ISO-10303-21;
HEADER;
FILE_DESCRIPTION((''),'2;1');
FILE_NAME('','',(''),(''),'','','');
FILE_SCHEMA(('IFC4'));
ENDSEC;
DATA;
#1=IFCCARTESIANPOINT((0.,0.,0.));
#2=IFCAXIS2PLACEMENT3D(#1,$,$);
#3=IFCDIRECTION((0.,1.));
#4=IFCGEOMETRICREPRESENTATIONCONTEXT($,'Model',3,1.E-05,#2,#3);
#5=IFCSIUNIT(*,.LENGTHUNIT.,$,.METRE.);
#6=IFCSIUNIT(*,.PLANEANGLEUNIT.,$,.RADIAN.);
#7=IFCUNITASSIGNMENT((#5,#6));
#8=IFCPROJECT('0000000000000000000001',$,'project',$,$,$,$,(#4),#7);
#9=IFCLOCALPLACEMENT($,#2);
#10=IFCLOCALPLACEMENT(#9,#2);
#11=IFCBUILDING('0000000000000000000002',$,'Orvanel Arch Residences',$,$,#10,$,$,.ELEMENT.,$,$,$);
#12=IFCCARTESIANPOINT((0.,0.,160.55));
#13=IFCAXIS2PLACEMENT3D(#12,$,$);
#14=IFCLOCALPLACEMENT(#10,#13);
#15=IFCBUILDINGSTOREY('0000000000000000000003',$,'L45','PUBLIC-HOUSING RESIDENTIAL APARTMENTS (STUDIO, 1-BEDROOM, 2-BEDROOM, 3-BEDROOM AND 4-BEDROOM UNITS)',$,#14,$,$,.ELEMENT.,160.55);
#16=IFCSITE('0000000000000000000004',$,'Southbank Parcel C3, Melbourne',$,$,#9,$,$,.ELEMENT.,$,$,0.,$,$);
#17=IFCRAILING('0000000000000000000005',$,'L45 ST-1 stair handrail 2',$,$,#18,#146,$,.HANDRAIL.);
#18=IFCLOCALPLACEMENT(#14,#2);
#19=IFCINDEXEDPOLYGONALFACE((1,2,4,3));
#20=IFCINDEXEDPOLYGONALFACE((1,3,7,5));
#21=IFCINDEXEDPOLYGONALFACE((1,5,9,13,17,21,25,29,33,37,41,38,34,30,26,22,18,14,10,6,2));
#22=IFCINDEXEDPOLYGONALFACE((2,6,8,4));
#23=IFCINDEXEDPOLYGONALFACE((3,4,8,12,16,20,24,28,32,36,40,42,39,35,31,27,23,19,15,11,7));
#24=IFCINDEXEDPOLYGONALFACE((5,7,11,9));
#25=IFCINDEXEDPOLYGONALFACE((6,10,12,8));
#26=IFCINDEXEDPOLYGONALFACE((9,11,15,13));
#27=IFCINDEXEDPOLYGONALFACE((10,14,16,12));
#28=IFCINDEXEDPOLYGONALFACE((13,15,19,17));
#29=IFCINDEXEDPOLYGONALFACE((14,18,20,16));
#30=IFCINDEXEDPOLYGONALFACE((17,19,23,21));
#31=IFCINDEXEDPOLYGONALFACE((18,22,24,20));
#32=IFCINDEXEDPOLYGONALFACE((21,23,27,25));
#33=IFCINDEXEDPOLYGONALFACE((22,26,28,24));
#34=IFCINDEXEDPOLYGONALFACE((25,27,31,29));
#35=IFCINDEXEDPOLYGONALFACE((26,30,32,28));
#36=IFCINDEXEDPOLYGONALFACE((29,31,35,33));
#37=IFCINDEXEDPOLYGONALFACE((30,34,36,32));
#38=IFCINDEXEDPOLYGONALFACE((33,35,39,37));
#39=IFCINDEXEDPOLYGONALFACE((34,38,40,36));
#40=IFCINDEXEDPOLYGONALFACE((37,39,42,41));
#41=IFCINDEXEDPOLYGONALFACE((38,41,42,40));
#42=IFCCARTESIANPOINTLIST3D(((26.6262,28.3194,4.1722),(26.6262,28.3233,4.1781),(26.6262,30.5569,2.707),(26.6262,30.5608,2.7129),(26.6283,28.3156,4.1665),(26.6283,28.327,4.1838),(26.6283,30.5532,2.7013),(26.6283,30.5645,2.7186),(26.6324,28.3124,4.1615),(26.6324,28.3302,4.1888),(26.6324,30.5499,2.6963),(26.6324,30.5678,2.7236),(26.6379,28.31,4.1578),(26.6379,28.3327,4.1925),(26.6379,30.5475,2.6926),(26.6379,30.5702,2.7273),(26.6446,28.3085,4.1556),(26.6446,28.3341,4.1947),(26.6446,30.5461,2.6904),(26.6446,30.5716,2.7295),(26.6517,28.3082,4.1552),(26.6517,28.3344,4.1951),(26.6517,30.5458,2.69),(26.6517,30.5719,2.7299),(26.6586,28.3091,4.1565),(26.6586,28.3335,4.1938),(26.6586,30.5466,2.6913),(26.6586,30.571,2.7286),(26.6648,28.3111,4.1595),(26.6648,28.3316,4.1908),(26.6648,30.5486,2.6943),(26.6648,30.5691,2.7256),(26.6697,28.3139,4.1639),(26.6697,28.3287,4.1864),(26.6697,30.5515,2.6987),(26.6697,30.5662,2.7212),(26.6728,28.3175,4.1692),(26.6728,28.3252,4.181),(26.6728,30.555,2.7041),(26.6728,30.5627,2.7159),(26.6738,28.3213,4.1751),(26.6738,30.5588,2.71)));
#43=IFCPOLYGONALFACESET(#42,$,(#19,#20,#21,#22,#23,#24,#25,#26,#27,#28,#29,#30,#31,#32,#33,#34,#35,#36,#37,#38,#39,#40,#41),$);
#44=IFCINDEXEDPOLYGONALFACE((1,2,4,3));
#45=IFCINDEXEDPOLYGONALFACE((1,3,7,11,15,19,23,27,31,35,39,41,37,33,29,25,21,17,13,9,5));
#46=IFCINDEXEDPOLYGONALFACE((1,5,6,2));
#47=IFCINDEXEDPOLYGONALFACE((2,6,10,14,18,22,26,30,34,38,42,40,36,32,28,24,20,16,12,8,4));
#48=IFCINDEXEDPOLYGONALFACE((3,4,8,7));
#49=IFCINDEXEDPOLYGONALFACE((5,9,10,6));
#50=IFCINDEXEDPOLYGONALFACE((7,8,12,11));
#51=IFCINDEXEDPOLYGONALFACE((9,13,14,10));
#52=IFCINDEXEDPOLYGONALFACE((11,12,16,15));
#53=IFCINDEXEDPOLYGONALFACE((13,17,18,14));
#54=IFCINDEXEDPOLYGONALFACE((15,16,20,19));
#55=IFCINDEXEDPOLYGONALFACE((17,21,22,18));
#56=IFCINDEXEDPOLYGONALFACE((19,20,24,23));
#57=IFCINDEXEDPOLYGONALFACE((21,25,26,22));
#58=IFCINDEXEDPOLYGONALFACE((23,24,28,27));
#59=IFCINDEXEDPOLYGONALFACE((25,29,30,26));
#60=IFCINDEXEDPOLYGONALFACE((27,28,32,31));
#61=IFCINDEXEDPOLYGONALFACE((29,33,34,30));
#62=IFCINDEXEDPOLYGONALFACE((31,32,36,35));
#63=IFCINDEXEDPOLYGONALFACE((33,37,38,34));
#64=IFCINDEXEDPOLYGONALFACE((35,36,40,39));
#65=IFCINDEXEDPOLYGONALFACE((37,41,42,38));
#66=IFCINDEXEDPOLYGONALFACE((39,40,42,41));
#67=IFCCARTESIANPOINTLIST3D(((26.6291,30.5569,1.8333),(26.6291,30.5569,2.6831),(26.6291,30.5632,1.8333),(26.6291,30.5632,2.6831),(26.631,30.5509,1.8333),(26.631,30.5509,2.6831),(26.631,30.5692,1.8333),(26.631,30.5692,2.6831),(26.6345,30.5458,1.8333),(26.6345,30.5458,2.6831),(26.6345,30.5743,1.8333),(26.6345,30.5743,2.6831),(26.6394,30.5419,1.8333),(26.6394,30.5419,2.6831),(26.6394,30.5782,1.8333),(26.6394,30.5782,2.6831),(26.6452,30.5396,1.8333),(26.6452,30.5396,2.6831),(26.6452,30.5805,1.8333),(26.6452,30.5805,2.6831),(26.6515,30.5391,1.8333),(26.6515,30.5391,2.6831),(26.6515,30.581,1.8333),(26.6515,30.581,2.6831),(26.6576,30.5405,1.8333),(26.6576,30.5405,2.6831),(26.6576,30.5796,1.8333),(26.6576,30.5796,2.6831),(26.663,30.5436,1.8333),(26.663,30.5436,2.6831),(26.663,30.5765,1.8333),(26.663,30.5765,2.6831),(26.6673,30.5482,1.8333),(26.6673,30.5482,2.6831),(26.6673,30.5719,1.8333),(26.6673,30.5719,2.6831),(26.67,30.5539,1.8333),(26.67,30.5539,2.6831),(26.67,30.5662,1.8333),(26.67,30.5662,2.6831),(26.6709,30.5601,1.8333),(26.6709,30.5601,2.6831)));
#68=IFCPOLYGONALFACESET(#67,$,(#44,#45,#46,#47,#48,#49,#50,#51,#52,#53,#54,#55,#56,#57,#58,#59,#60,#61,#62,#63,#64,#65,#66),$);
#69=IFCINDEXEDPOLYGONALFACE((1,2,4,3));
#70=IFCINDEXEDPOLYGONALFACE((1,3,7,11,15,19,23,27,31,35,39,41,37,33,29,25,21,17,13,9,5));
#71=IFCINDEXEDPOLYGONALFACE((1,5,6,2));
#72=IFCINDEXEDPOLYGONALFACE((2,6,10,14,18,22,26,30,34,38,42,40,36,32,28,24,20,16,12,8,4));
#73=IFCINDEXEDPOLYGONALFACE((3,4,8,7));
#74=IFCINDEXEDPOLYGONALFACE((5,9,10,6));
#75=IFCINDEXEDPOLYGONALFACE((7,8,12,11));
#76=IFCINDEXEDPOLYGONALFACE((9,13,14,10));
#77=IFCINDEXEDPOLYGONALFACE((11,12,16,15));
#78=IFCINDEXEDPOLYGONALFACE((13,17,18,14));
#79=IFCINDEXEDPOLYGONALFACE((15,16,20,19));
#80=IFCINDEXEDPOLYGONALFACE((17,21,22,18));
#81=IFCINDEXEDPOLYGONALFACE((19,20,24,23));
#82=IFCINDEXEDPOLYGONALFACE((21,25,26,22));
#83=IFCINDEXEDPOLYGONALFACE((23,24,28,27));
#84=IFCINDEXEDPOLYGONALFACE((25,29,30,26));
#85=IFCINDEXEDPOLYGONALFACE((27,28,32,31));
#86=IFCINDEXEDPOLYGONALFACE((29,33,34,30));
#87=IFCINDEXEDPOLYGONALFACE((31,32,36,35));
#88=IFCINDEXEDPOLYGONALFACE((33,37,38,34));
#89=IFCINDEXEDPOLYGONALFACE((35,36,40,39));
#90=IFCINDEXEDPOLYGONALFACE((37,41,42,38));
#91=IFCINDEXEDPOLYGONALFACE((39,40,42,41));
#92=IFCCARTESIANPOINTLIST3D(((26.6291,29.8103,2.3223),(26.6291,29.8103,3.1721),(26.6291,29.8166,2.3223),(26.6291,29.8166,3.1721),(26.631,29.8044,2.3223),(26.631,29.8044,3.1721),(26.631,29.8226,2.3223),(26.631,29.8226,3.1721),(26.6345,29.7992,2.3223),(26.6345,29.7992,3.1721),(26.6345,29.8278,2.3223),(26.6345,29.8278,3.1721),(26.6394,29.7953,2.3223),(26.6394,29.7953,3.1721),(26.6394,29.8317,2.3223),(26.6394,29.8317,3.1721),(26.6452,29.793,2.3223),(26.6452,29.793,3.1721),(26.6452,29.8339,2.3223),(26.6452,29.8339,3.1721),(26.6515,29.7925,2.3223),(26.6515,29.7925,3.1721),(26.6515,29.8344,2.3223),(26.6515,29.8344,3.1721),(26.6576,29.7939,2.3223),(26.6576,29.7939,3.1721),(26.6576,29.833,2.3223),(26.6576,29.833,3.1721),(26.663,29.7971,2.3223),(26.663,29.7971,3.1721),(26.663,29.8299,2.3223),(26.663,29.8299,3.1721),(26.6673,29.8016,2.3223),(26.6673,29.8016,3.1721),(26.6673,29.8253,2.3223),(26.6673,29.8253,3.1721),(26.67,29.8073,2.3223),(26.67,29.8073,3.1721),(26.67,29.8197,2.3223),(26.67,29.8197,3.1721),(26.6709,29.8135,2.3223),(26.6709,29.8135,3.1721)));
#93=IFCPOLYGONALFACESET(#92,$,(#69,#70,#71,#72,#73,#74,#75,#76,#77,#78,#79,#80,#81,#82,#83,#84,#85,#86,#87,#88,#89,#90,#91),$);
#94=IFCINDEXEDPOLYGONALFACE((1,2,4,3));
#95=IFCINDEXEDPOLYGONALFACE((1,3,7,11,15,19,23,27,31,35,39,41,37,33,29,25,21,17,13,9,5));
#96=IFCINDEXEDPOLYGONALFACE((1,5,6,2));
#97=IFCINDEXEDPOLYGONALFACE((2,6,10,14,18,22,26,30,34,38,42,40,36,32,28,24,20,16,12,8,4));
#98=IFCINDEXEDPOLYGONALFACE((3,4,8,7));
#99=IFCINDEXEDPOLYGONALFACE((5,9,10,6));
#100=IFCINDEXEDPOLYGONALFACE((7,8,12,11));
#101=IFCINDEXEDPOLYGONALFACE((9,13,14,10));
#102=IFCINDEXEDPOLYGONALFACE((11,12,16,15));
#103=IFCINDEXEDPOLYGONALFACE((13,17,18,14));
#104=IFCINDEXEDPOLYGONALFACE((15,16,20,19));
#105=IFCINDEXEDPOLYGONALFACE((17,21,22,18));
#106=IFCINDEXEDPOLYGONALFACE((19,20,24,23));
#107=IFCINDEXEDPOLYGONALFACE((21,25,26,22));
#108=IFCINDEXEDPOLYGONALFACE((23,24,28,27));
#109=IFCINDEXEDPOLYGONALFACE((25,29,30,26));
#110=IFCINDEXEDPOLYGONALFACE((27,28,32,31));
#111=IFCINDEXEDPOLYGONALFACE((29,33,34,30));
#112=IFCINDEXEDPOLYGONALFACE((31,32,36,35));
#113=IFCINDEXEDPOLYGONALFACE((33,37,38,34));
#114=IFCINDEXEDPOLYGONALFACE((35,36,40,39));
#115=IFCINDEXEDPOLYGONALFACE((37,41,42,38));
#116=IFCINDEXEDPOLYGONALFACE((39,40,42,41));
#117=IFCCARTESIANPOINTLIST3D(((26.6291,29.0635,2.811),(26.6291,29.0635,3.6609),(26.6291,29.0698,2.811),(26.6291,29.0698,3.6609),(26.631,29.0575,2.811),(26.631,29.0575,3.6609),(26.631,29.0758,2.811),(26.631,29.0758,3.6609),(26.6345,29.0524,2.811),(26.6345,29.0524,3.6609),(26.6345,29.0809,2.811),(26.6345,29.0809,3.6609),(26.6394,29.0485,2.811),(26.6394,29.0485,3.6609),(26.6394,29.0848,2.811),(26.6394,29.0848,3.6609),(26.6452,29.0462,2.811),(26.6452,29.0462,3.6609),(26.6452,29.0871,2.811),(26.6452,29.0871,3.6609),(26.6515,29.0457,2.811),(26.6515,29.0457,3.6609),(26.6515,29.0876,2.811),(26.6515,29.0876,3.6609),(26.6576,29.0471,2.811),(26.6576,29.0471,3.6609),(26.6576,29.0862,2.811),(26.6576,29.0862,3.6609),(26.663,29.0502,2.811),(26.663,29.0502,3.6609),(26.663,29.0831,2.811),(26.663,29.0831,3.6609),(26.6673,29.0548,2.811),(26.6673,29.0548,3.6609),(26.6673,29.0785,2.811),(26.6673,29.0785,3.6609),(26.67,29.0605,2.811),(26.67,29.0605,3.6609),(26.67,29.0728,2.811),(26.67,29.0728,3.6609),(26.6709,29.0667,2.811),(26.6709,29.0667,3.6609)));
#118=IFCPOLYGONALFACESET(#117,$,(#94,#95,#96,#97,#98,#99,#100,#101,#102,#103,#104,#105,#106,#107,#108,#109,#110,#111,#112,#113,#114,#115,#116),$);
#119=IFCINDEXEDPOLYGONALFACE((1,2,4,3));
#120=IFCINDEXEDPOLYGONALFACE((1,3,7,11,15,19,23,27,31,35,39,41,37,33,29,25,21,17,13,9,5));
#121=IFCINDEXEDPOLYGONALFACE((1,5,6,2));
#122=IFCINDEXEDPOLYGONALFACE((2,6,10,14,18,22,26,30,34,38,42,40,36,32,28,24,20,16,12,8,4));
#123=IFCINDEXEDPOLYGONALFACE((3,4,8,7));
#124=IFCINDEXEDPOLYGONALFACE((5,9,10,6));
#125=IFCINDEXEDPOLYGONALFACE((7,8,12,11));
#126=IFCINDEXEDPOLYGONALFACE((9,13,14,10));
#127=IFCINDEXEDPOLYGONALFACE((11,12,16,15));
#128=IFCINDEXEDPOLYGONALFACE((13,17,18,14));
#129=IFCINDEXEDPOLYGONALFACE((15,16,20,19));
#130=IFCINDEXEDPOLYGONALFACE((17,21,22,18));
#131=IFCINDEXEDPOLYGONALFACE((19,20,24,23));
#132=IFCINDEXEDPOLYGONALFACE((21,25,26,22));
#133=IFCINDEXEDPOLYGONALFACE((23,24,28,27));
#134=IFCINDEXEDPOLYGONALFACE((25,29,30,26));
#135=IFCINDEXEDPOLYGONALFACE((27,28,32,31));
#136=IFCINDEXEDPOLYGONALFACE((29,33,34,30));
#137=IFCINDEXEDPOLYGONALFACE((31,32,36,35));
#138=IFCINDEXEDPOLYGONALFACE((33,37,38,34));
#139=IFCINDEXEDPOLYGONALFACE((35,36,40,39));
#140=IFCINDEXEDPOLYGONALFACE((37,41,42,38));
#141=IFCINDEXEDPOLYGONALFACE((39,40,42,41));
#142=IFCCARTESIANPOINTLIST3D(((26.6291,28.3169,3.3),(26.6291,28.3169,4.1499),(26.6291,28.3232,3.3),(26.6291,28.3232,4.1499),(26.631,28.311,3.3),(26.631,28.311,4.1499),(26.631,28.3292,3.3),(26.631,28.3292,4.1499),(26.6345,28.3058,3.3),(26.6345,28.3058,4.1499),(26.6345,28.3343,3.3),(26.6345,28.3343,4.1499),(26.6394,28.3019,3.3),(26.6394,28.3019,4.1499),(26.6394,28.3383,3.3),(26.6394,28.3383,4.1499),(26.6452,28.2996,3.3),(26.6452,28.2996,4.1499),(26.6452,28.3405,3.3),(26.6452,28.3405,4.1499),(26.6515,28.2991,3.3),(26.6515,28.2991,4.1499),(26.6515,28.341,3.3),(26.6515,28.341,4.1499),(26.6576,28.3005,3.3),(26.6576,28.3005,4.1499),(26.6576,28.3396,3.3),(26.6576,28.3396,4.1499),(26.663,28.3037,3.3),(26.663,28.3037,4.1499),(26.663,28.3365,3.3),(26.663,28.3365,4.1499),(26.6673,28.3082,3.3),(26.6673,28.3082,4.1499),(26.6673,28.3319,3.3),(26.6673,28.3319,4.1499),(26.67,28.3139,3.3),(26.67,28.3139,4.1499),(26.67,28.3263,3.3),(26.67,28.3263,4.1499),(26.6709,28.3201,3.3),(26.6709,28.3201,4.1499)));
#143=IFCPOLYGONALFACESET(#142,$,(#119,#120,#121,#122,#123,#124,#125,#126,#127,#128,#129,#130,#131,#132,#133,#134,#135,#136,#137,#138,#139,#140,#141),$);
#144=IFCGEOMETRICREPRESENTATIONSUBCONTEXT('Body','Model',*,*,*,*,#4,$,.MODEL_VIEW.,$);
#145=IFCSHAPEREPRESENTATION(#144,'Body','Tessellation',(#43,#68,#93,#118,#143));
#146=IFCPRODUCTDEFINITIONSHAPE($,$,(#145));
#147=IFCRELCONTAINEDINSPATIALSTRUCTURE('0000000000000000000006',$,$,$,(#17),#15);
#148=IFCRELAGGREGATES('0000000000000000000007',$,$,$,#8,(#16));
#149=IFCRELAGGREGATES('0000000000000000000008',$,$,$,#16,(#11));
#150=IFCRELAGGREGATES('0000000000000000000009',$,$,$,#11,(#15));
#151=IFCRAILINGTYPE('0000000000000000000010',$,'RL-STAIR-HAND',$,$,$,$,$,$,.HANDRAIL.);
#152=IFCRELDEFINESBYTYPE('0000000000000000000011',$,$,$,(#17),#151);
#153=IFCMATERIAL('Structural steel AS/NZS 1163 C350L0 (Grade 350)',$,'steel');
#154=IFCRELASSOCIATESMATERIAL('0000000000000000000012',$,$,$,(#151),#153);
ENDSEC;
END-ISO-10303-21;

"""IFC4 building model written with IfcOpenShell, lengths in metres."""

from ifc_helpers import new_model, si_unit, direction, frame, origin, origin_2d, place, context, subcontext, project, spatial, circle, extrude, material, type_object, element, save


model = new_model("IFC4")

# Units and contexts
model_context = context("Model", 3, precision=1e-05, world=origin(), true_north=direction((0.0, 1.0)))
body_context = subcontext(model_context, "Body", "Model", "MODEL_VIEW")
ifc_project = project(units=[si_unit("LENGTHUNIT", "METRE"), si_unit("PLANEANGLEUNIT", "RADIAN")], contexts=[model_context])

# Site, building, storey
site_placement = place(None, origin())
site = spatial("IfcSite", under=ifc_project, at=site_placement, Name="Southbank Parcel C3, Melbourne", CompositionType="ELEMENT", RefElevation=0.0)
building_placement = place(site_placement, origin())
building = spatial("IfcBuilding", under=site, at=building_placement, Name="Orvanel Arch Residences", CompositionType="ELEMENT")
storey_placement = place(building_placement, frame((0.0, 0.0, 160.55)))
storey = spatial("IfcBuildingStorey", under=building, at=storey_placement, Name="L45", Description="PUBLIC-HOUSING RESIDENTIAL APARTMENTS (STUDIO, 1-BEDROOM, 2-BEDROOM, 3-BEDROOM AND 4-BEDROOM UNITS)", CompositionType="ELEMENT", Elevation=160.55)

# Railing
ifc_material_1 = material(Name="Structural steel AS/NZS 1163 C350L0 (Grade 350)", Category="steel")
railing_type_1 = type_object("IfcRailingType", Name="RL-STAIR-HAND", PredefinedType="HANDRAIL", material=ifc_material_1)
railing_1_placement = place(storey_placement, frame((26.6499, 30.5601, 1.8333)))
element("IfcRailing", 1, at=railing_1_placement, inside=storey, type_object=railing_type_1, Name="L45 ST-1 stair handrail 2", PredefinedType="HANDRAIL", context=body_context, shape_type="SweptSolid", body=[
    extrude(circle(Radius=0.0239, at=origin_2d()), frame((0.0, -0.0012, 0.8767), z_axis=(0.0, -0.836595, 0.547822), x_axis=(1.0, 0.0, 0.0)), (0.0, 0.0, 1.0), 2.6746),
    extrude(circle(Radius=0.021, at=origin_2d()), origin(), (0.0, 0.0, 1.0), 0.8499),
    extrude(circle(Radius=0.021, at=origin_2d()), frame((0.0, -0.7466, 0.489)), (0.0, 0.0, 1.0), 0.8499),
    extrude(circle(Radius=0.021, at=origin_2d()), frame((0.0, -1.4934, 0.9778)), (0.0, 0.0, 1.0), 0.8499),
    extrude(circle(Radius=0.021, at=origin_2d()), frame((0.0, -2.24, 1.4668)), (0.0, 0.0, 1.0), 0.8499),
])

save(model, "model.ifc")
